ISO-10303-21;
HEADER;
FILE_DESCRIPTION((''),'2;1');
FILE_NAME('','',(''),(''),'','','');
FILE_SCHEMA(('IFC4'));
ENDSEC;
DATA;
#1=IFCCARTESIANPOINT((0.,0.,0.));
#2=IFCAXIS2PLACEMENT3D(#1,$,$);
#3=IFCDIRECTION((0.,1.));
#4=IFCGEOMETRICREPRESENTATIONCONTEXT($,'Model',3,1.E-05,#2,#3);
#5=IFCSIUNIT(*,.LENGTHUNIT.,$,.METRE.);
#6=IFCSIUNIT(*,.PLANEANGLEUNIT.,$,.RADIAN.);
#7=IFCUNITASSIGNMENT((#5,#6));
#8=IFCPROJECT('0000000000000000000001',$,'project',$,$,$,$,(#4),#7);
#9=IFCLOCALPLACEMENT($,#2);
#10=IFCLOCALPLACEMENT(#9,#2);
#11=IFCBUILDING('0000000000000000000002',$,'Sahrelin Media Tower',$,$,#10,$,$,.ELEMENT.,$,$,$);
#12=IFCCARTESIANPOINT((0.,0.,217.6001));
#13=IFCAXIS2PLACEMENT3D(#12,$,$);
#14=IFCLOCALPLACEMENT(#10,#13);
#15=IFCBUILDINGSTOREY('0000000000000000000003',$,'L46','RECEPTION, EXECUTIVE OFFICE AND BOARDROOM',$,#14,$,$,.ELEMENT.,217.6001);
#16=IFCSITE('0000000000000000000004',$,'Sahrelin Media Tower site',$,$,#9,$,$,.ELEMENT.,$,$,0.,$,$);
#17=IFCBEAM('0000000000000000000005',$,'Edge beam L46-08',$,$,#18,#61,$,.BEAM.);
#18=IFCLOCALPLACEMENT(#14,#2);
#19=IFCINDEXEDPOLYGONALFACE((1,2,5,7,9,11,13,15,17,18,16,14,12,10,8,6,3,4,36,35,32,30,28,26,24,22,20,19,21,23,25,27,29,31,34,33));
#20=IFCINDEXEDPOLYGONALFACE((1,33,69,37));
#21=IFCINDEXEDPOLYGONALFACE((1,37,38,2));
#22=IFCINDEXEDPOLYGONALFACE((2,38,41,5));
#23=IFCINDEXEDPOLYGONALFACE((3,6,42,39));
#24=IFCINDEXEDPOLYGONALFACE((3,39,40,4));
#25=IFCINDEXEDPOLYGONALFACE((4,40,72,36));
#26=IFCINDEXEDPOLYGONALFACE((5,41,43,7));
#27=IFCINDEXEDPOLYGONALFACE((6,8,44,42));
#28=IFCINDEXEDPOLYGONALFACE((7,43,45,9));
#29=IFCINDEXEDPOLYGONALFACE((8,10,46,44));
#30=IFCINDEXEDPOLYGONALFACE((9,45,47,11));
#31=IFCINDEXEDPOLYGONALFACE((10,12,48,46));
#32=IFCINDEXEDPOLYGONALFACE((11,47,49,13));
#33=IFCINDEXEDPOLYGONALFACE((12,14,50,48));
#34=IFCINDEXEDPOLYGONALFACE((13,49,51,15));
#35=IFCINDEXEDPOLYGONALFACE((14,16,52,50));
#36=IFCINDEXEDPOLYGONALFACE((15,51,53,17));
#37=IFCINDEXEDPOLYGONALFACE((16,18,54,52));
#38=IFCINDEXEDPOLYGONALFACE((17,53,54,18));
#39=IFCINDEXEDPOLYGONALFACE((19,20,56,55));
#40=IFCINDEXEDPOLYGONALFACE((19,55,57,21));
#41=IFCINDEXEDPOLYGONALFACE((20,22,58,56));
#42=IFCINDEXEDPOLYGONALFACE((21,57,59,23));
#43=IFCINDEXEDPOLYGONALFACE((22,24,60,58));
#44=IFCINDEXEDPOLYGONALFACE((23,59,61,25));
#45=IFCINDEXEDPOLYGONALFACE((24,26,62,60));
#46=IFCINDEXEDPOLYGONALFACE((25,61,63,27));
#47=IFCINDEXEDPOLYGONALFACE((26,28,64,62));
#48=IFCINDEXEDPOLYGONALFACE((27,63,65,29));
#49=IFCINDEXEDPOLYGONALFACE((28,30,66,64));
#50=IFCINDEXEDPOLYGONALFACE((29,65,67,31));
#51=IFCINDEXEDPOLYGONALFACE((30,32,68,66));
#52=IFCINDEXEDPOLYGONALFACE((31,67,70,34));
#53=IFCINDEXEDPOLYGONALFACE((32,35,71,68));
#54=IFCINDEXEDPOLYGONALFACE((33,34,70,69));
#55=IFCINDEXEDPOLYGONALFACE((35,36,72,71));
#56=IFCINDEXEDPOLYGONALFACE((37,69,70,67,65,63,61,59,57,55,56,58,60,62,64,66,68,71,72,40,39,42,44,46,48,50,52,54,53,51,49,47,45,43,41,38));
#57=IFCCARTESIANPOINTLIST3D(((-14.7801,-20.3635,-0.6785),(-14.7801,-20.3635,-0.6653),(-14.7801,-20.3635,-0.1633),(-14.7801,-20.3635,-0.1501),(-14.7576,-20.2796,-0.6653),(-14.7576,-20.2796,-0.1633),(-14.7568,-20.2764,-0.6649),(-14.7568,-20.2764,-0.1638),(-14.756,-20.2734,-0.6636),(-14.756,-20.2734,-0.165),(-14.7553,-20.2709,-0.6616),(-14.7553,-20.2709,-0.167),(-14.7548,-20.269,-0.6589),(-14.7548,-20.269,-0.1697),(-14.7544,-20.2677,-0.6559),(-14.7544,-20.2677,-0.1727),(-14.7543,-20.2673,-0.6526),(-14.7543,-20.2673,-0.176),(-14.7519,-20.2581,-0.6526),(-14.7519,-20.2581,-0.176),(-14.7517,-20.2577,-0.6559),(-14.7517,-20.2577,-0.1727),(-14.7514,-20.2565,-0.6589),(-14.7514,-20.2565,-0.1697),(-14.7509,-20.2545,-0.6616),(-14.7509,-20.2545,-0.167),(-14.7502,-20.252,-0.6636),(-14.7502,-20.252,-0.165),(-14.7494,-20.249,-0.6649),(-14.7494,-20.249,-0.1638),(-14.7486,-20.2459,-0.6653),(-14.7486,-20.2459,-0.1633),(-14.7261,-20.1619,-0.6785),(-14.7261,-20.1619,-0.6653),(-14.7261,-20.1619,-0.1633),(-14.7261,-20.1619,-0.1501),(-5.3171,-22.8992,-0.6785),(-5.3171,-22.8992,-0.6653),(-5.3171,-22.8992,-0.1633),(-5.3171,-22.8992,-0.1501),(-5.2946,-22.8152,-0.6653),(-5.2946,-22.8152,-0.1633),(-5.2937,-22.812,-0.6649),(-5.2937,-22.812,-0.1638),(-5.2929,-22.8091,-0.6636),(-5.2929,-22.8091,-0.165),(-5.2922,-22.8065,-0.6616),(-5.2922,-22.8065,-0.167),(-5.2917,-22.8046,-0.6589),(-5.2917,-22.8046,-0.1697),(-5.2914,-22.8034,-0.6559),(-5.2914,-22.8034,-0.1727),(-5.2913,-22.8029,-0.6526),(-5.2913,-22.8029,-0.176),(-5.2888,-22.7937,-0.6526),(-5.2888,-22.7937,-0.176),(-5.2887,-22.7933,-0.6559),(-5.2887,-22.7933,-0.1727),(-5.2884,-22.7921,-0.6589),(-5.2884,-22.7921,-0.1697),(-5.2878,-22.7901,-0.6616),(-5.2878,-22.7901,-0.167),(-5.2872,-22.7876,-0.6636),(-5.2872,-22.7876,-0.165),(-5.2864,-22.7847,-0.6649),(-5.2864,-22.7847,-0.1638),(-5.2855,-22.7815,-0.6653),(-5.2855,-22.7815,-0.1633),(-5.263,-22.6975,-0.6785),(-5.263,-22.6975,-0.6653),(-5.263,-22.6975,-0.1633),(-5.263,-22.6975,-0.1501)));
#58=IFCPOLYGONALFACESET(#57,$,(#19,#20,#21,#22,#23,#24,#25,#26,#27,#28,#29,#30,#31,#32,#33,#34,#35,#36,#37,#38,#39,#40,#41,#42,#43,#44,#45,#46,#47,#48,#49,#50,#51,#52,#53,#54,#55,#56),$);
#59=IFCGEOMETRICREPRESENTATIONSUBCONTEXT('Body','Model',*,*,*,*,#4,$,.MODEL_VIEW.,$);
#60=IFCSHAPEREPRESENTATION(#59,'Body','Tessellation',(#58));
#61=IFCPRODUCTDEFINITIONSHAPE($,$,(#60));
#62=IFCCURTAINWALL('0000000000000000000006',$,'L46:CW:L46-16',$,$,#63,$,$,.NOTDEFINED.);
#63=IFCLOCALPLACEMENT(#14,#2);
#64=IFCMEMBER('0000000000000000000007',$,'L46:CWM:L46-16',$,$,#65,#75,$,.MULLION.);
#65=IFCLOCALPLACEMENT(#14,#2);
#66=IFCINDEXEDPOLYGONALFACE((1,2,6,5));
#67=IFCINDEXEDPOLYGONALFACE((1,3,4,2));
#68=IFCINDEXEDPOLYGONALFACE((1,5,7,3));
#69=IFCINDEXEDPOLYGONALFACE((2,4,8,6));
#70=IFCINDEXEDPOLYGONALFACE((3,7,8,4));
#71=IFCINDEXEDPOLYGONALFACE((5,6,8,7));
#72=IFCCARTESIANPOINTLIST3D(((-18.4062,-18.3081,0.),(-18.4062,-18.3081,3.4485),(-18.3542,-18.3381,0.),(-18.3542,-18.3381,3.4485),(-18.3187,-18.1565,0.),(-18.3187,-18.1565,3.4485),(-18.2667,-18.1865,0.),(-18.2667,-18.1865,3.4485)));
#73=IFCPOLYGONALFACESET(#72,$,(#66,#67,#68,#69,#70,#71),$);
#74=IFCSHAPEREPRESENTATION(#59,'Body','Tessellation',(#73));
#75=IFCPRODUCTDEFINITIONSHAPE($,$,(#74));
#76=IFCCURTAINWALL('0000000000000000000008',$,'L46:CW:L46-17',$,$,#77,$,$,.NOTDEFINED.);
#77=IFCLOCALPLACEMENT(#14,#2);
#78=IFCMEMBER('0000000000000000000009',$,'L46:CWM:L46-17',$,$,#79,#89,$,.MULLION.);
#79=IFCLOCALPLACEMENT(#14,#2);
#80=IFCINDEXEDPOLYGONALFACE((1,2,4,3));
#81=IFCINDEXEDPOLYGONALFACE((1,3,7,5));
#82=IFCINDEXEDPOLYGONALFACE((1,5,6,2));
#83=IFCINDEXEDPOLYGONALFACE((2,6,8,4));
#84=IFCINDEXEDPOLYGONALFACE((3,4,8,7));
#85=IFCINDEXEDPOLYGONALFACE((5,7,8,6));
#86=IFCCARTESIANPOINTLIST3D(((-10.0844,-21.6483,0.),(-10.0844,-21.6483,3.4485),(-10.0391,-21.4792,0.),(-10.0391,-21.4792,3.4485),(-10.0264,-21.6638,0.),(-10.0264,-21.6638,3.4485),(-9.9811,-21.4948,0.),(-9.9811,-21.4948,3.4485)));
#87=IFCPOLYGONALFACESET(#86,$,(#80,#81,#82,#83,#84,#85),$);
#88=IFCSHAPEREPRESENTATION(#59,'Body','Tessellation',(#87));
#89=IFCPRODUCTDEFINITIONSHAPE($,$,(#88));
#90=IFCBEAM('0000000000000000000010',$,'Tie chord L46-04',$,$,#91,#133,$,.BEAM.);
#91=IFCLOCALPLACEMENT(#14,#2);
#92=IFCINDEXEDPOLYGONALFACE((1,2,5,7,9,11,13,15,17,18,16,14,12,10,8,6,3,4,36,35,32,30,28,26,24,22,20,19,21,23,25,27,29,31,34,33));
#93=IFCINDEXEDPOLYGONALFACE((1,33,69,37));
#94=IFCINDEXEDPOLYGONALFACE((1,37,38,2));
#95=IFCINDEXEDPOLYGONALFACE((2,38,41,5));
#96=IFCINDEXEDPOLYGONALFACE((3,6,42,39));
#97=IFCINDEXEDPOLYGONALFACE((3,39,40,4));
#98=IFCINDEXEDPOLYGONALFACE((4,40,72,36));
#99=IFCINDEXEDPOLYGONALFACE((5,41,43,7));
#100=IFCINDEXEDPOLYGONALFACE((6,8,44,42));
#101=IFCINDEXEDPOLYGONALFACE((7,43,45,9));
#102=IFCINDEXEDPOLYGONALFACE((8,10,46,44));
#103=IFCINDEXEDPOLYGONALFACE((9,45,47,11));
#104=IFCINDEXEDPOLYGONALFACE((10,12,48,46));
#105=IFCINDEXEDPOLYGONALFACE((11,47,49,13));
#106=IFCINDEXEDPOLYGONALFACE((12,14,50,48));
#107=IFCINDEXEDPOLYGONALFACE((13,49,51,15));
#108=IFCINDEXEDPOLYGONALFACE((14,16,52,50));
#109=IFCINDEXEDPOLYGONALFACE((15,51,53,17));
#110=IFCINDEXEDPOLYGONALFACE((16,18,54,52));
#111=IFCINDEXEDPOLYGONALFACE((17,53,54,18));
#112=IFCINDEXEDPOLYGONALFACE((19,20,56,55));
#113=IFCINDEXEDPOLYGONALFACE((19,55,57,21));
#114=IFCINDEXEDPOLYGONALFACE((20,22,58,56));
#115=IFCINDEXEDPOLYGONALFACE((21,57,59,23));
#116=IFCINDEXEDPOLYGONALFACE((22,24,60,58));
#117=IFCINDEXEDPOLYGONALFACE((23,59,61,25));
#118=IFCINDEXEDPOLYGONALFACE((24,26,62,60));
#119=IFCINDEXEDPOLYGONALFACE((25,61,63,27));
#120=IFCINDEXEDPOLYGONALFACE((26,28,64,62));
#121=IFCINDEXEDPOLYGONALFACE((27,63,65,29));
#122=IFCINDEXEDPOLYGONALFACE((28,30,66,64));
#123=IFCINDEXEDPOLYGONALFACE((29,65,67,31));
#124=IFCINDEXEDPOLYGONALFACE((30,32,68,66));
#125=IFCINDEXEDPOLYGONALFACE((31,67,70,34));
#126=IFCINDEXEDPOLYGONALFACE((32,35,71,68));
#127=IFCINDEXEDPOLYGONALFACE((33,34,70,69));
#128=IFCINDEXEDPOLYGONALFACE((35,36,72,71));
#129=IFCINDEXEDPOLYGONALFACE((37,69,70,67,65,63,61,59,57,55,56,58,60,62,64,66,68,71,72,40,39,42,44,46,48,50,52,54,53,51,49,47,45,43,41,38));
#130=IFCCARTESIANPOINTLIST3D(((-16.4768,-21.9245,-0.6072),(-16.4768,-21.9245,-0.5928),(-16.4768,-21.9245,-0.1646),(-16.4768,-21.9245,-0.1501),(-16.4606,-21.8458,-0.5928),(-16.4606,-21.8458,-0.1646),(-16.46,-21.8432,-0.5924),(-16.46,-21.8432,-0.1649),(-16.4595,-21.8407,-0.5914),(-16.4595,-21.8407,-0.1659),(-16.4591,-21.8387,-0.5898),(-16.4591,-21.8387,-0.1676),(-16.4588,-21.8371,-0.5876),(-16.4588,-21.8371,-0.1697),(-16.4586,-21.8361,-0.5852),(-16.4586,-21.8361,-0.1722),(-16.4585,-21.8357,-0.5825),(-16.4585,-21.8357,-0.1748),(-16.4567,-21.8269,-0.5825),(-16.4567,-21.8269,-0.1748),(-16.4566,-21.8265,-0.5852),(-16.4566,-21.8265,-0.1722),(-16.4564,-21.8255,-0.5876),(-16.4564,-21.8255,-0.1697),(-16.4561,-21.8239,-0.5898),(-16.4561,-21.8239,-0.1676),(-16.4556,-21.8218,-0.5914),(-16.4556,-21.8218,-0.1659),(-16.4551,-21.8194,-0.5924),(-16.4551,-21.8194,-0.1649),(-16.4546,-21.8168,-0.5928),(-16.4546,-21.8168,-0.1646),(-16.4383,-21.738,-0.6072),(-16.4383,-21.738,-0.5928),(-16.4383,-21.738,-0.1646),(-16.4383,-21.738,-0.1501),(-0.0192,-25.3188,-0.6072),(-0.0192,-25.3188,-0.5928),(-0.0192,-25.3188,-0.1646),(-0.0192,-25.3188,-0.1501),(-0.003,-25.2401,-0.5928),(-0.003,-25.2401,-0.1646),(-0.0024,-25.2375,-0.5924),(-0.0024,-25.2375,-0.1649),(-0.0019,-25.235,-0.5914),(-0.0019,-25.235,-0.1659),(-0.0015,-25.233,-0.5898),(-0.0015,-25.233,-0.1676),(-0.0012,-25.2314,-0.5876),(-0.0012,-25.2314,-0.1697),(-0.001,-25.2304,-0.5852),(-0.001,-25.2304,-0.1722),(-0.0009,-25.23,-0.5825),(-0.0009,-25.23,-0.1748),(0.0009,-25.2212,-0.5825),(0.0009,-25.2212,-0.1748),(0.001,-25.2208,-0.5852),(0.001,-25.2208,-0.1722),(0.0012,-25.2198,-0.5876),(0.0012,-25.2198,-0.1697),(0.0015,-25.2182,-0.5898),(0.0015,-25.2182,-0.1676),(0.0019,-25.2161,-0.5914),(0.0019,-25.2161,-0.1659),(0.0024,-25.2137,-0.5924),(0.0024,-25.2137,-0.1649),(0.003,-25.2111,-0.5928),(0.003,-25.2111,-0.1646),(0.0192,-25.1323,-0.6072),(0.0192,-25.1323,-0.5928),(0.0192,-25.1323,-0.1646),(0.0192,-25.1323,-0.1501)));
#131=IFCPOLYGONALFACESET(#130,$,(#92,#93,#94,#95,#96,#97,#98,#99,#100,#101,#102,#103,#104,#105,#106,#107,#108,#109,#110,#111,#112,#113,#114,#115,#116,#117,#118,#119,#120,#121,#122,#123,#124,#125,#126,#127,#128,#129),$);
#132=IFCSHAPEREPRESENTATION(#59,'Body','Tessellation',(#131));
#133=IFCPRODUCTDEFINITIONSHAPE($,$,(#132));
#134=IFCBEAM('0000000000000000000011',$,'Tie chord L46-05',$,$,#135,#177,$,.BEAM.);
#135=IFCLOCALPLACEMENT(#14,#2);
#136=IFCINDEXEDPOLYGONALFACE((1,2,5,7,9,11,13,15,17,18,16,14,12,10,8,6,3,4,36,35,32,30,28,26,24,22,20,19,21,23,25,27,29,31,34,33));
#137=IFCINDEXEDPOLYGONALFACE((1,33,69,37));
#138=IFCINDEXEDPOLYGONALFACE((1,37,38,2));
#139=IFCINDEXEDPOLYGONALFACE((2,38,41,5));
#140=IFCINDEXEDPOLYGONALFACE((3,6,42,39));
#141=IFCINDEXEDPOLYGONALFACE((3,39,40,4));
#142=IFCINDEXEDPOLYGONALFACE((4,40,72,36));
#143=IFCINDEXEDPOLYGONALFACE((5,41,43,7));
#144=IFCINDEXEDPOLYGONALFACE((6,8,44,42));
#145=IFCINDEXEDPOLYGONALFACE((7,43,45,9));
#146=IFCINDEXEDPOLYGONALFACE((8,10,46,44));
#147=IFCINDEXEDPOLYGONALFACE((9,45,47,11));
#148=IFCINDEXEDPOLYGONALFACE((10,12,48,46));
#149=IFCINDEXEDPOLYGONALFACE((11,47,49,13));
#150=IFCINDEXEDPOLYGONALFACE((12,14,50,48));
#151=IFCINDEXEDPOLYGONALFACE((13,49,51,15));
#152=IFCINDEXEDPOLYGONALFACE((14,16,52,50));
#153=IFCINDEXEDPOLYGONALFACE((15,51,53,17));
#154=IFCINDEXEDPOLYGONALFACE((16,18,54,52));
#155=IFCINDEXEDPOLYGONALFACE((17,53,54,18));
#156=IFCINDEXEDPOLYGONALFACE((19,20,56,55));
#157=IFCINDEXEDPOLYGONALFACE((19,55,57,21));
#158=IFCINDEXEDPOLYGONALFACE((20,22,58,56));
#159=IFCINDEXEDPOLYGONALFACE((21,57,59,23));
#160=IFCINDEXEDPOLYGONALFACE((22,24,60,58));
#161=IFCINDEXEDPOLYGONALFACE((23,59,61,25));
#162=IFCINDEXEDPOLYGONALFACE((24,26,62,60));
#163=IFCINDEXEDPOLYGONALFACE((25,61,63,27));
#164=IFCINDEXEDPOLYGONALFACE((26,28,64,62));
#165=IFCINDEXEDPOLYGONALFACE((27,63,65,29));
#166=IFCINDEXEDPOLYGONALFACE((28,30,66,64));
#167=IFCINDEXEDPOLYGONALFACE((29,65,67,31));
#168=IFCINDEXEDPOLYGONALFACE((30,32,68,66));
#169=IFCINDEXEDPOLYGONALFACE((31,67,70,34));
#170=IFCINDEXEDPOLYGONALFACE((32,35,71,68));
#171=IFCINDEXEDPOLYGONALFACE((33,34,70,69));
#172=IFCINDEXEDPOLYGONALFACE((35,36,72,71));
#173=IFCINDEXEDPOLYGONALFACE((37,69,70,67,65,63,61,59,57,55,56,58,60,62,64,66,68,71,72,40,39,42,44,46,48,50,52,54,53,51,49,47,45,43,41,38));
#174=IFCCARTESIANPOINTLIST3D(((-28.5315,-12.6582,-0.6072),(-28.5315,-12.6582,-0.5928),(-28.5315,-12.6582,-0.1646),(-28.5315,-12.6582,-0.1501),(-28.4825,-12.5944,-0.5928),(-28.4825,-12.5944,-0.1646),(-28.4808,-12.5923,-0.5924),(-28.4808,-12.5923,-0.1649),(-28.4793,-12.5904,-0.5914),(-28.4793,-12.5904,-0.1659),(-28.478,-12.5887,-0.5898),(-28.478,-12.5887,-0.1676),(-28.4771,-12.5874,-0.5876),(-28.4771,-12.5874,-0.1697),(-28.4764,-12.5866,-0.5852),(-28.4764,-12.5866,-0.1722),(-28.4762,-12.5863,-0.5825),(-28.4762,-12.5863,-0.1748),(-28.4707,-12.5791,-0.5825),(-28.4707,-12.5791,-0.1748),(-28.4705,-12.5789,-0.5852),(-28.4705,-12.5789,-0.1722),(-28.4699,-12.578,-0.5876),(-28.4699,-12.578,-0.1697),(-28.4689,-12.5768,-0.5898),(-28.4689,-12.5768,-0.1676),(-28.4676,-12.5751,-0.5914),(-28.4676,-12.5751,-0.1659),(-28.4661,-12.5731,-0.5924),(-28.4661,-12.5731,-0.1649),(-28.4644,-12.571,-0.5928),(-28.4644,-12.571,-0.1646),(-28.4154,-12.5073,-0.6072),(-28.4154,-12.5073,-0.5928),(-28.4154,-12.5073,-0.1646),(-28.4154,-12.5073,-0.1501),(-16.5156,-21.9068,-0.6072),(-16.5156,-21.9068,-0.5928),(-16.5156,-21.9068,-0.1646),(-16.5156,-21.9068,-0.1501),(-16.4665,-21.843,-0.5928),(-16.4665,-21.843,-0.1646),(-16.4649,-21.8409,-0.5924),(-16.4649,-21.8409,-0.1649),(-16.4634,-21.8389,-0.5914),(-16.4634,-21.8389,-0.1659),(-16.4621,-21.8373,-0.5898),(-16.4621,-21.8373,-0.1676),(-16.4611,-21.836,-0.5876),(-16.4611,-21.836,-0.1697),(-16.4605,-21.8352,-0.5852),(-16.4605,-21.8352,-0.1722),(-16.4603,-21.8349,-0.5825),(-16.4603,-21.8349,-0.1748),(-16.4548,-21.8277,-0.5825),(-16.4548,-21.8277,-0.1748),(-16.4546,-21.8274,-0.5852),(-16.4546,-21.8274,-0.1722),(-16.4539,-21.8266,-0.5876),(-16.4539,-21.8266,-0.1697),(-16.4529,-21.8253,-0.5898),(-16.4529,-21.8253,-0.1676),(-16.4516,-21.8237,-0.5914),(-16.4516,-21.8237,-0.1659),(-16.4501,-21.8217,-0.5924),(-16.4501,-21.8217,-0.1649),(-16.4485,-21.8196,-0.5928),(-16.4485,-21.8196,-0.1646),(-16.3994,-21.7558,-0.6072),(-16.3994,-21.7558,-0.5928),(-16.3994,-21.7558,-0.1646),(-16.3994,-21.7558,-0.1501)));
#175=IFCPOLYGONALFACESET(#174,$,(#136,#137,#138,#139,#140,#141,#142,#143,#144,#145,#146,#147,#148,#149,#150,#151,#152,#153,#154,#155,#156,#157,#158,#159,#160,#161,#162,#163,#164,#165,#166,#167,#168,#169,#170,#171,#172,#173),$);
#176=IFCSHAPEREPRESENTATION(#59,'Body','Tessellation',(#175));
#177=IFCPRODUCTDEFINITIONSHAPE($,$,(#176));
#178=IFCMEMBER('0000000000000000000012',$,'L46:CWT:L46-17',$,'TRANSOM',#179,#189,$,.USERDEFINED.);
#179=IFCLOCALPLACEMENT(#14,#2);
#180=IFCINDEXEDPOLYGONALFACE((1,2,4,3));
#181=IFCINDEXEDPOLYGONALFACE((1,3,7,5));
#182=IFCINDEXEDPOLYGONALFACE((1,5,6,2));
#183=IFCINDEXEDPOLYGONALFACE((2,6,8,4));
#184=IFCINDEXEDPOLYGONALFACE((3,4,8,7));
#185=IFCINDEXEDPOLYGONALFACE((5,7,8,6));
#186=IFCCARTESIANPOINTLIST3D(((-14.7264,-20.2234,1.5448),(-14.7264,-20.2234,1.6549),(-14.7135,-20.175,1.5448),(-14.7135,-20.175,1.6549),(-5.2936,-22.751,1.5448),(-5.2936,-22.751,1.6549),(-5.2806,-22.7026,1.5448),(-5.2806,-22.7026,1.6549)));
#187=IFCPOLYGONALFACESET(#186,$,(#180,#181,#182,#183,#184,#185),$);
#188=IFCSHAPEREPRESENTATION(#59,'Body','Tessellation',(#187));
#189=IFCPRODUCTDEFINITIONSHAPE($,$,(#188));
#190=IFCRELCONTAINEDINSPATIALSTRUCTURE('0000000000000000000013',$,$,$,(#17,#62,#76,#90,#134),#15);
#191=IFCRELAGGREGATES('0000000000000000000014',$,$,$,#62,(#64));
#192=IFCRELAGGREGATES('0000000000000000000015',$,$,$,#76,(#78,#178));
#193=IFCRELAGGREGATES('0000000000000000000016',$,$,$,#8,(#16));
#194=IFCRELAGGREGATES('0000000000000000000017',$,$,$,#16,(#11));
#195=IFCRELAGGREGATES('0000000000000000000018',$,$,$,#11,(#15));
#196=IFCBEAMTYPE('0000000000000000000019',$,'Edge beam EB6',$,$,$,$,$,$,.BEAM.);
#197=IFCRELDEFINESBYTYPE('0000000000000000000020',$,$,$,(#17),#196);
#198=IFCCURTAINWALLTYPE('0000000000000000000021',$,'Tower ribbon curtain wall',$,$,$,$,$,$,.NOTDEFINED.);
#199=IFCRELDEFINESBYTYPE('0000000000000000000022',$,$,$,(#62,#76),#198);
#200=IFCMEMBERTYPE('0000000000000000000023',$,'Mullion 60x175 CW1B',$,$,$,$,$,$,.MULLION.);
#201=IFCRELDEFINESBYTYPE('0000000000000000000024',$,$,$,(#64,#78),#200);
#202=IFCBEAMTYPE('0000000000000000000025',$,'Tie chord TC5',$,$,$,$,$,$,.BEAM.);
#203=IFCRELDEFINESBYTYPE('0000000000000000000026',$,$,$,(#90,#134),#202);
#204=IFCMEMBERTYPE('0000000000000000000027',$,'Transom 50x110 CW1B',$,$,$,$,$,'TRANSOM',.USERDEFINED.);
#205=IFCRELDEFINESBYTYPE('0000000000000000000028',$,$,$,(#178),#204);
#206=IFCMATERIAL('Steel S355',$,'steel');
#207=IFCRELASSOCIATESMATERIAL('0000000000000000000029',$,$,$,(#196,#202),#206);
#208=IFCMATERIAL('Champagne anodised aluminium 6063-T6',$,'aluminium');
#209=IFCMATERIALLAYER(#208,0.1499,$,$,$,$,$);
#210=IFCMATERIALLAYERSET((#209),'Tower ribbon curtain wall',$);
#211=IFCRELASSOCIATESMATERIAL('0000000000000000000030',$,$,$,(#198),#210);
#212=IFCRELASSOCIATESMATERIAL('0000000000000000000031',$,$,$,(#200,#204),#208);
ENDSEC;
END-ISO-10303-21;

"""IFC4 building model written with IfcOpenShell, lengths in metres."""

from ifc_helpers import new_model, si_unit, direction, frame, origin, origin_2d, place, context, subcontext, project, spatial, rectangle, i_section, extrude, material, layer, layer_set, material_profile, profile_set, type_object, element, aggregate, save


model = new_model("IFC4")

# Units and contexts
model_context = context("Model", 3, precision=1e-05, world=origin(), true_north=direction((0.0, 1.0)))
body_context = subcontext(model_context, "Body", "Model", "MODEL_VIEW")
ifc_project = project(units=[si_unit("LENGTHUNIT", "METRE"), si_unit("PLANEANGLEUNIT", "RADIAN")], contexts=[model_context])

# Site, building, storey
site_placement = place(None, origin())
site = spatial("IfcSite", under=ifc_project, at=site_placement, Name="Sahrelin Media Tower site", CompositionType="ELEMENT", RefElevation=0.0)
building_placement = place(site_placement, origin())
building = spatial("IfcBuilding", under=site, at=building_placement, Name="Sahrelin Media Tower", CompositionType="ELEMENT")
storey_placement = place(building_placement, frame((0.0, 0.0, 217.6001)))
storey = spatial("IfcBuildingStorey", under=building, at=storey_placement, Name="L46", Description="RECEPTION, EXECUTIVE OFFICE AND BOARDROOM", CompositionType="ELEMENT", Elevation=217.6001)

# Beam
ifc_material_1 = material(Name="Steel S355", Category="steel")
ifc_material_profile_1 = material_profile(ifc_material_1, i_section(OverallWidth=0.2087, OverallDepth=0.5283, WebThickness=0.0095, FlangeThickness=0.0132, FilletRadius=0.0127, at=origin_2d()), Name="UB 533x210x82")
ifc_profile_set_1 = profile_set([ifc_material_profile_1], Name="Steel S355")
beam_type_1 = type_object("IfcBeamType", Name="Edge beam EB6", PredefinedType="BEAM", material=ifc_profile_set_1)
beam_1_placement = place(storey_placement, frame((-5.29, -22.7983, -0.4143), z_axis=(-0.965926, 0.25882, 0.0), x_axis=(-0.25882, -0.965926, 0.0)))
element("IfcBeam", 1, at=beam_1_placement, inside=storey, type_object=beam_type_1, Name="Edge beam L46-08", PredefinedType="BEAM", context=body_context, shape_type="SweptSolid", body=[
    extrude(i_section(OverallWidth=0.2087, OverallDepth=0.5283, WebThickness=0.0095, FlangeThickness=0.0132, FilletRadius=0.0127, at=origin_2d()), origin(), (0.0, 0.0, 1.0), 9.7969),
])

# Curtain walls, members
ifc_material_2 = material(Name="Champagne anodised aluminium 6063-T6", Category="aluminium")
ifc_layer_1 = layer(ifc_material_2, 0.1499)
ifc_layer_set_1 = layer_set([ifc_layer_1], Name="Tower ribbon curtain wall")
curtain_wall_type = type_object("IfcCurtainWallType", Name="Tower ribbon curtain wall", PredefinedType="NOTDEFINED", material=ifc_layer_set_1)
curtain_wall_1_placement = place(storey_placement, frame((-18.3901, -18.3403, 0.0), z_axis=(0.0, 0.0, 1.0), x_axis=(1.0, 0.0, 0.0)))
curtain_wall_1 = element("IfcCurtainWall", 2, at=curtain_wall_1_placement, inside=storey, type_object=curtain_wall_type, Name="L46:CW:L46-16", PredefinedType="NOTDEFINED")
ifc_material_profile_2 = material_profile(ifc_material_2, rectangle(XDim=0.0601, YDim=0.175, at=origin_2d()), Name="Mullion 60x175")
ifc_profile_set_2 = profile_set([ifc_material_profile_2], Name="Champagne anodised aluminium 6063-T6")
member_type_1 = type_object("IfcMemberType", Name="Mullion 60x175 CW1B", PredefinedType="MULLION", material=ifc_profile_set_2)
member_1_placement = place(storey_placement, frame((-18.3364, -18.2473, 0.0), z_axis=(0.0, 0.0, 1.0), x_axis=(0.866026, -0.499998, 0.0)))
member_1 = element("IfcMember", 3, at=member_1_placement, type_object=member_type_1, Name="L46:CWM:L46-16", PredefinedType="MULLION", context=body_context, shape_type="SweptSolid", body=[
    extrude(rectangle(XDim=0.0601, YDim=0.175, at=origin_2d()), origin(), (0.0, 0.0, 1.0), 3.4485),
])
aggregate(curtain_wall_1, [member_1])
curtain_wall_2_placement = place(storey_placement, frame((-10.0603, -21.6753, 0.0), z_axis=(0.0, 0.0, 1.0), x_axis=(1.0, 0.0, 0.0)))
curtain_wall_2 = element("IfcCurtainWall", 4, at=curtain_wall_2_placement, inside=storey, type_object=curtain_wall_type, Name="L46:CW:L46-17", PredefinedType="NOTDEFINED")
member_2_placement = place(storey_placement, frame((-10.0327, -21.5715, 0.0), z_axis=(0.0, 0.0, 1.0), x_axis=(0.965925, -0.258822, 0.0)))
member_2 = element("IfcMember", 5, at=member_2_placement, type_object=member_type_1, Name="L46:CWM:L46-17", PredefinedType="MULLION", context=body_context, shape_type="SweptSolid", body=[
    extrude(rectangle(XDim=0.0601, YDim=0.175, at=origin_2d()), origin(), (0.0, 0.0, 1.0), 3.4485),
])

# Beams
ifc_material_profile_3 = material_profile(ifc_material_1, i_section(OverallWidth=0.1904, OverallDepth=0.457, WebThickness=0.009, FlangeThickness=0.0144, FilletRadius=0.0103, at=origin_2d()), Name="UB 457x191x74")
ifc_profile_set_3 = profile_set([ifc_material_profile_3], Name="Steel S355")
beam_type_2 = type_object("IfcBeamType", Name="Tie chord TC5", PredefinedType="BEAM", material=ifc_profile_set_3)
beam_2_placement = place(storey_placement, frame((0.0, -25.2256, -0.3787), z_axis=(-0.979387, 0.201994, 0.0), x_axis=(-0.201994, -0.979387, 0.0)))
element("IfcBeam", 6, at=beam_2_placement, inside=storey, type_object=beam_type_2, Name="Tie chord L46-04", PredefinedType="BEAM", context=body_context, shape_type="SweptSolid", body=[
    extrude(i_section(OverallWidth=0.1904, OverallDepth=0.457, WebThickness=0.009, FlangeThickness=0.0144, FilletRadius=0.0103, at=origin_2d()), origin(), (0.0, 0.0, 1.0), 16.804),
])
beam_3_placement = place(storey_placement, frame((-16.4575, -21.8313, -0.3787), z_axis=(-0.792447, 0.609941, 0.0), x_axis=(-0.609941, -0.792447, 0.0)))
element("IfcBeam", 7, at=beam_3_placement, inside=storey, type_object=beam_type_2, Name="Tie chord L46-05", PredefinedType="BEAM", context=body_context, shape_type="SweptSolid", body=[
    extrude(i_section(OverallWidth=0.1904, OverallDepth=0.457, WebThickness=0.009, FlangeThickness=0.0144, FilletRadius=0.0103, at=origin_2d()), origin(), (0.0, 0.0, 1.0), 15.1631),
])

# Member
ifc_material_profile_4 = material_profile(ifc_material_2, rectangle(XDim=0.05, YDim=0.1101, at=origin_2d()), Name="Transom 50x110")
ifc_profile_set_4 = profile_set([ifc_material_profile_4], Name="Champagne anodised aluminium 6063-T6")
member_type_2 = type_object("IfcMemberType", Name="Transom 50x110 CW1B", ElementType="TRANSOM", PredefinedType="USERDEFINED", material=ifc_profile_set_4)
member_3_placement = place(storey_placement, frame((-14.72, -20.1992, 1.5999), z_axis=(0.965924, -0.258825, 0.0), x_axis=(0.258825, 0.965924, 0.0)))
member_3 = element("IfcMember", 8, at=member_3_placement, type_object=member_type_2, Name="L46:CWT:L46-17", ObjectType="TRANSOM", PredefinedType="USERDEFINED", context=body_context, shape_type="SweptSolid", body=[
    extrude(rectangle(XDim=0.05, YDim=0.1101, at=origin_2d()), origin(), (0.0, 0.0, 1.0), 9.7656),
])

aggregate(curtain_wall_2, [member_2, member_3])

save(model, "model.ifc")
